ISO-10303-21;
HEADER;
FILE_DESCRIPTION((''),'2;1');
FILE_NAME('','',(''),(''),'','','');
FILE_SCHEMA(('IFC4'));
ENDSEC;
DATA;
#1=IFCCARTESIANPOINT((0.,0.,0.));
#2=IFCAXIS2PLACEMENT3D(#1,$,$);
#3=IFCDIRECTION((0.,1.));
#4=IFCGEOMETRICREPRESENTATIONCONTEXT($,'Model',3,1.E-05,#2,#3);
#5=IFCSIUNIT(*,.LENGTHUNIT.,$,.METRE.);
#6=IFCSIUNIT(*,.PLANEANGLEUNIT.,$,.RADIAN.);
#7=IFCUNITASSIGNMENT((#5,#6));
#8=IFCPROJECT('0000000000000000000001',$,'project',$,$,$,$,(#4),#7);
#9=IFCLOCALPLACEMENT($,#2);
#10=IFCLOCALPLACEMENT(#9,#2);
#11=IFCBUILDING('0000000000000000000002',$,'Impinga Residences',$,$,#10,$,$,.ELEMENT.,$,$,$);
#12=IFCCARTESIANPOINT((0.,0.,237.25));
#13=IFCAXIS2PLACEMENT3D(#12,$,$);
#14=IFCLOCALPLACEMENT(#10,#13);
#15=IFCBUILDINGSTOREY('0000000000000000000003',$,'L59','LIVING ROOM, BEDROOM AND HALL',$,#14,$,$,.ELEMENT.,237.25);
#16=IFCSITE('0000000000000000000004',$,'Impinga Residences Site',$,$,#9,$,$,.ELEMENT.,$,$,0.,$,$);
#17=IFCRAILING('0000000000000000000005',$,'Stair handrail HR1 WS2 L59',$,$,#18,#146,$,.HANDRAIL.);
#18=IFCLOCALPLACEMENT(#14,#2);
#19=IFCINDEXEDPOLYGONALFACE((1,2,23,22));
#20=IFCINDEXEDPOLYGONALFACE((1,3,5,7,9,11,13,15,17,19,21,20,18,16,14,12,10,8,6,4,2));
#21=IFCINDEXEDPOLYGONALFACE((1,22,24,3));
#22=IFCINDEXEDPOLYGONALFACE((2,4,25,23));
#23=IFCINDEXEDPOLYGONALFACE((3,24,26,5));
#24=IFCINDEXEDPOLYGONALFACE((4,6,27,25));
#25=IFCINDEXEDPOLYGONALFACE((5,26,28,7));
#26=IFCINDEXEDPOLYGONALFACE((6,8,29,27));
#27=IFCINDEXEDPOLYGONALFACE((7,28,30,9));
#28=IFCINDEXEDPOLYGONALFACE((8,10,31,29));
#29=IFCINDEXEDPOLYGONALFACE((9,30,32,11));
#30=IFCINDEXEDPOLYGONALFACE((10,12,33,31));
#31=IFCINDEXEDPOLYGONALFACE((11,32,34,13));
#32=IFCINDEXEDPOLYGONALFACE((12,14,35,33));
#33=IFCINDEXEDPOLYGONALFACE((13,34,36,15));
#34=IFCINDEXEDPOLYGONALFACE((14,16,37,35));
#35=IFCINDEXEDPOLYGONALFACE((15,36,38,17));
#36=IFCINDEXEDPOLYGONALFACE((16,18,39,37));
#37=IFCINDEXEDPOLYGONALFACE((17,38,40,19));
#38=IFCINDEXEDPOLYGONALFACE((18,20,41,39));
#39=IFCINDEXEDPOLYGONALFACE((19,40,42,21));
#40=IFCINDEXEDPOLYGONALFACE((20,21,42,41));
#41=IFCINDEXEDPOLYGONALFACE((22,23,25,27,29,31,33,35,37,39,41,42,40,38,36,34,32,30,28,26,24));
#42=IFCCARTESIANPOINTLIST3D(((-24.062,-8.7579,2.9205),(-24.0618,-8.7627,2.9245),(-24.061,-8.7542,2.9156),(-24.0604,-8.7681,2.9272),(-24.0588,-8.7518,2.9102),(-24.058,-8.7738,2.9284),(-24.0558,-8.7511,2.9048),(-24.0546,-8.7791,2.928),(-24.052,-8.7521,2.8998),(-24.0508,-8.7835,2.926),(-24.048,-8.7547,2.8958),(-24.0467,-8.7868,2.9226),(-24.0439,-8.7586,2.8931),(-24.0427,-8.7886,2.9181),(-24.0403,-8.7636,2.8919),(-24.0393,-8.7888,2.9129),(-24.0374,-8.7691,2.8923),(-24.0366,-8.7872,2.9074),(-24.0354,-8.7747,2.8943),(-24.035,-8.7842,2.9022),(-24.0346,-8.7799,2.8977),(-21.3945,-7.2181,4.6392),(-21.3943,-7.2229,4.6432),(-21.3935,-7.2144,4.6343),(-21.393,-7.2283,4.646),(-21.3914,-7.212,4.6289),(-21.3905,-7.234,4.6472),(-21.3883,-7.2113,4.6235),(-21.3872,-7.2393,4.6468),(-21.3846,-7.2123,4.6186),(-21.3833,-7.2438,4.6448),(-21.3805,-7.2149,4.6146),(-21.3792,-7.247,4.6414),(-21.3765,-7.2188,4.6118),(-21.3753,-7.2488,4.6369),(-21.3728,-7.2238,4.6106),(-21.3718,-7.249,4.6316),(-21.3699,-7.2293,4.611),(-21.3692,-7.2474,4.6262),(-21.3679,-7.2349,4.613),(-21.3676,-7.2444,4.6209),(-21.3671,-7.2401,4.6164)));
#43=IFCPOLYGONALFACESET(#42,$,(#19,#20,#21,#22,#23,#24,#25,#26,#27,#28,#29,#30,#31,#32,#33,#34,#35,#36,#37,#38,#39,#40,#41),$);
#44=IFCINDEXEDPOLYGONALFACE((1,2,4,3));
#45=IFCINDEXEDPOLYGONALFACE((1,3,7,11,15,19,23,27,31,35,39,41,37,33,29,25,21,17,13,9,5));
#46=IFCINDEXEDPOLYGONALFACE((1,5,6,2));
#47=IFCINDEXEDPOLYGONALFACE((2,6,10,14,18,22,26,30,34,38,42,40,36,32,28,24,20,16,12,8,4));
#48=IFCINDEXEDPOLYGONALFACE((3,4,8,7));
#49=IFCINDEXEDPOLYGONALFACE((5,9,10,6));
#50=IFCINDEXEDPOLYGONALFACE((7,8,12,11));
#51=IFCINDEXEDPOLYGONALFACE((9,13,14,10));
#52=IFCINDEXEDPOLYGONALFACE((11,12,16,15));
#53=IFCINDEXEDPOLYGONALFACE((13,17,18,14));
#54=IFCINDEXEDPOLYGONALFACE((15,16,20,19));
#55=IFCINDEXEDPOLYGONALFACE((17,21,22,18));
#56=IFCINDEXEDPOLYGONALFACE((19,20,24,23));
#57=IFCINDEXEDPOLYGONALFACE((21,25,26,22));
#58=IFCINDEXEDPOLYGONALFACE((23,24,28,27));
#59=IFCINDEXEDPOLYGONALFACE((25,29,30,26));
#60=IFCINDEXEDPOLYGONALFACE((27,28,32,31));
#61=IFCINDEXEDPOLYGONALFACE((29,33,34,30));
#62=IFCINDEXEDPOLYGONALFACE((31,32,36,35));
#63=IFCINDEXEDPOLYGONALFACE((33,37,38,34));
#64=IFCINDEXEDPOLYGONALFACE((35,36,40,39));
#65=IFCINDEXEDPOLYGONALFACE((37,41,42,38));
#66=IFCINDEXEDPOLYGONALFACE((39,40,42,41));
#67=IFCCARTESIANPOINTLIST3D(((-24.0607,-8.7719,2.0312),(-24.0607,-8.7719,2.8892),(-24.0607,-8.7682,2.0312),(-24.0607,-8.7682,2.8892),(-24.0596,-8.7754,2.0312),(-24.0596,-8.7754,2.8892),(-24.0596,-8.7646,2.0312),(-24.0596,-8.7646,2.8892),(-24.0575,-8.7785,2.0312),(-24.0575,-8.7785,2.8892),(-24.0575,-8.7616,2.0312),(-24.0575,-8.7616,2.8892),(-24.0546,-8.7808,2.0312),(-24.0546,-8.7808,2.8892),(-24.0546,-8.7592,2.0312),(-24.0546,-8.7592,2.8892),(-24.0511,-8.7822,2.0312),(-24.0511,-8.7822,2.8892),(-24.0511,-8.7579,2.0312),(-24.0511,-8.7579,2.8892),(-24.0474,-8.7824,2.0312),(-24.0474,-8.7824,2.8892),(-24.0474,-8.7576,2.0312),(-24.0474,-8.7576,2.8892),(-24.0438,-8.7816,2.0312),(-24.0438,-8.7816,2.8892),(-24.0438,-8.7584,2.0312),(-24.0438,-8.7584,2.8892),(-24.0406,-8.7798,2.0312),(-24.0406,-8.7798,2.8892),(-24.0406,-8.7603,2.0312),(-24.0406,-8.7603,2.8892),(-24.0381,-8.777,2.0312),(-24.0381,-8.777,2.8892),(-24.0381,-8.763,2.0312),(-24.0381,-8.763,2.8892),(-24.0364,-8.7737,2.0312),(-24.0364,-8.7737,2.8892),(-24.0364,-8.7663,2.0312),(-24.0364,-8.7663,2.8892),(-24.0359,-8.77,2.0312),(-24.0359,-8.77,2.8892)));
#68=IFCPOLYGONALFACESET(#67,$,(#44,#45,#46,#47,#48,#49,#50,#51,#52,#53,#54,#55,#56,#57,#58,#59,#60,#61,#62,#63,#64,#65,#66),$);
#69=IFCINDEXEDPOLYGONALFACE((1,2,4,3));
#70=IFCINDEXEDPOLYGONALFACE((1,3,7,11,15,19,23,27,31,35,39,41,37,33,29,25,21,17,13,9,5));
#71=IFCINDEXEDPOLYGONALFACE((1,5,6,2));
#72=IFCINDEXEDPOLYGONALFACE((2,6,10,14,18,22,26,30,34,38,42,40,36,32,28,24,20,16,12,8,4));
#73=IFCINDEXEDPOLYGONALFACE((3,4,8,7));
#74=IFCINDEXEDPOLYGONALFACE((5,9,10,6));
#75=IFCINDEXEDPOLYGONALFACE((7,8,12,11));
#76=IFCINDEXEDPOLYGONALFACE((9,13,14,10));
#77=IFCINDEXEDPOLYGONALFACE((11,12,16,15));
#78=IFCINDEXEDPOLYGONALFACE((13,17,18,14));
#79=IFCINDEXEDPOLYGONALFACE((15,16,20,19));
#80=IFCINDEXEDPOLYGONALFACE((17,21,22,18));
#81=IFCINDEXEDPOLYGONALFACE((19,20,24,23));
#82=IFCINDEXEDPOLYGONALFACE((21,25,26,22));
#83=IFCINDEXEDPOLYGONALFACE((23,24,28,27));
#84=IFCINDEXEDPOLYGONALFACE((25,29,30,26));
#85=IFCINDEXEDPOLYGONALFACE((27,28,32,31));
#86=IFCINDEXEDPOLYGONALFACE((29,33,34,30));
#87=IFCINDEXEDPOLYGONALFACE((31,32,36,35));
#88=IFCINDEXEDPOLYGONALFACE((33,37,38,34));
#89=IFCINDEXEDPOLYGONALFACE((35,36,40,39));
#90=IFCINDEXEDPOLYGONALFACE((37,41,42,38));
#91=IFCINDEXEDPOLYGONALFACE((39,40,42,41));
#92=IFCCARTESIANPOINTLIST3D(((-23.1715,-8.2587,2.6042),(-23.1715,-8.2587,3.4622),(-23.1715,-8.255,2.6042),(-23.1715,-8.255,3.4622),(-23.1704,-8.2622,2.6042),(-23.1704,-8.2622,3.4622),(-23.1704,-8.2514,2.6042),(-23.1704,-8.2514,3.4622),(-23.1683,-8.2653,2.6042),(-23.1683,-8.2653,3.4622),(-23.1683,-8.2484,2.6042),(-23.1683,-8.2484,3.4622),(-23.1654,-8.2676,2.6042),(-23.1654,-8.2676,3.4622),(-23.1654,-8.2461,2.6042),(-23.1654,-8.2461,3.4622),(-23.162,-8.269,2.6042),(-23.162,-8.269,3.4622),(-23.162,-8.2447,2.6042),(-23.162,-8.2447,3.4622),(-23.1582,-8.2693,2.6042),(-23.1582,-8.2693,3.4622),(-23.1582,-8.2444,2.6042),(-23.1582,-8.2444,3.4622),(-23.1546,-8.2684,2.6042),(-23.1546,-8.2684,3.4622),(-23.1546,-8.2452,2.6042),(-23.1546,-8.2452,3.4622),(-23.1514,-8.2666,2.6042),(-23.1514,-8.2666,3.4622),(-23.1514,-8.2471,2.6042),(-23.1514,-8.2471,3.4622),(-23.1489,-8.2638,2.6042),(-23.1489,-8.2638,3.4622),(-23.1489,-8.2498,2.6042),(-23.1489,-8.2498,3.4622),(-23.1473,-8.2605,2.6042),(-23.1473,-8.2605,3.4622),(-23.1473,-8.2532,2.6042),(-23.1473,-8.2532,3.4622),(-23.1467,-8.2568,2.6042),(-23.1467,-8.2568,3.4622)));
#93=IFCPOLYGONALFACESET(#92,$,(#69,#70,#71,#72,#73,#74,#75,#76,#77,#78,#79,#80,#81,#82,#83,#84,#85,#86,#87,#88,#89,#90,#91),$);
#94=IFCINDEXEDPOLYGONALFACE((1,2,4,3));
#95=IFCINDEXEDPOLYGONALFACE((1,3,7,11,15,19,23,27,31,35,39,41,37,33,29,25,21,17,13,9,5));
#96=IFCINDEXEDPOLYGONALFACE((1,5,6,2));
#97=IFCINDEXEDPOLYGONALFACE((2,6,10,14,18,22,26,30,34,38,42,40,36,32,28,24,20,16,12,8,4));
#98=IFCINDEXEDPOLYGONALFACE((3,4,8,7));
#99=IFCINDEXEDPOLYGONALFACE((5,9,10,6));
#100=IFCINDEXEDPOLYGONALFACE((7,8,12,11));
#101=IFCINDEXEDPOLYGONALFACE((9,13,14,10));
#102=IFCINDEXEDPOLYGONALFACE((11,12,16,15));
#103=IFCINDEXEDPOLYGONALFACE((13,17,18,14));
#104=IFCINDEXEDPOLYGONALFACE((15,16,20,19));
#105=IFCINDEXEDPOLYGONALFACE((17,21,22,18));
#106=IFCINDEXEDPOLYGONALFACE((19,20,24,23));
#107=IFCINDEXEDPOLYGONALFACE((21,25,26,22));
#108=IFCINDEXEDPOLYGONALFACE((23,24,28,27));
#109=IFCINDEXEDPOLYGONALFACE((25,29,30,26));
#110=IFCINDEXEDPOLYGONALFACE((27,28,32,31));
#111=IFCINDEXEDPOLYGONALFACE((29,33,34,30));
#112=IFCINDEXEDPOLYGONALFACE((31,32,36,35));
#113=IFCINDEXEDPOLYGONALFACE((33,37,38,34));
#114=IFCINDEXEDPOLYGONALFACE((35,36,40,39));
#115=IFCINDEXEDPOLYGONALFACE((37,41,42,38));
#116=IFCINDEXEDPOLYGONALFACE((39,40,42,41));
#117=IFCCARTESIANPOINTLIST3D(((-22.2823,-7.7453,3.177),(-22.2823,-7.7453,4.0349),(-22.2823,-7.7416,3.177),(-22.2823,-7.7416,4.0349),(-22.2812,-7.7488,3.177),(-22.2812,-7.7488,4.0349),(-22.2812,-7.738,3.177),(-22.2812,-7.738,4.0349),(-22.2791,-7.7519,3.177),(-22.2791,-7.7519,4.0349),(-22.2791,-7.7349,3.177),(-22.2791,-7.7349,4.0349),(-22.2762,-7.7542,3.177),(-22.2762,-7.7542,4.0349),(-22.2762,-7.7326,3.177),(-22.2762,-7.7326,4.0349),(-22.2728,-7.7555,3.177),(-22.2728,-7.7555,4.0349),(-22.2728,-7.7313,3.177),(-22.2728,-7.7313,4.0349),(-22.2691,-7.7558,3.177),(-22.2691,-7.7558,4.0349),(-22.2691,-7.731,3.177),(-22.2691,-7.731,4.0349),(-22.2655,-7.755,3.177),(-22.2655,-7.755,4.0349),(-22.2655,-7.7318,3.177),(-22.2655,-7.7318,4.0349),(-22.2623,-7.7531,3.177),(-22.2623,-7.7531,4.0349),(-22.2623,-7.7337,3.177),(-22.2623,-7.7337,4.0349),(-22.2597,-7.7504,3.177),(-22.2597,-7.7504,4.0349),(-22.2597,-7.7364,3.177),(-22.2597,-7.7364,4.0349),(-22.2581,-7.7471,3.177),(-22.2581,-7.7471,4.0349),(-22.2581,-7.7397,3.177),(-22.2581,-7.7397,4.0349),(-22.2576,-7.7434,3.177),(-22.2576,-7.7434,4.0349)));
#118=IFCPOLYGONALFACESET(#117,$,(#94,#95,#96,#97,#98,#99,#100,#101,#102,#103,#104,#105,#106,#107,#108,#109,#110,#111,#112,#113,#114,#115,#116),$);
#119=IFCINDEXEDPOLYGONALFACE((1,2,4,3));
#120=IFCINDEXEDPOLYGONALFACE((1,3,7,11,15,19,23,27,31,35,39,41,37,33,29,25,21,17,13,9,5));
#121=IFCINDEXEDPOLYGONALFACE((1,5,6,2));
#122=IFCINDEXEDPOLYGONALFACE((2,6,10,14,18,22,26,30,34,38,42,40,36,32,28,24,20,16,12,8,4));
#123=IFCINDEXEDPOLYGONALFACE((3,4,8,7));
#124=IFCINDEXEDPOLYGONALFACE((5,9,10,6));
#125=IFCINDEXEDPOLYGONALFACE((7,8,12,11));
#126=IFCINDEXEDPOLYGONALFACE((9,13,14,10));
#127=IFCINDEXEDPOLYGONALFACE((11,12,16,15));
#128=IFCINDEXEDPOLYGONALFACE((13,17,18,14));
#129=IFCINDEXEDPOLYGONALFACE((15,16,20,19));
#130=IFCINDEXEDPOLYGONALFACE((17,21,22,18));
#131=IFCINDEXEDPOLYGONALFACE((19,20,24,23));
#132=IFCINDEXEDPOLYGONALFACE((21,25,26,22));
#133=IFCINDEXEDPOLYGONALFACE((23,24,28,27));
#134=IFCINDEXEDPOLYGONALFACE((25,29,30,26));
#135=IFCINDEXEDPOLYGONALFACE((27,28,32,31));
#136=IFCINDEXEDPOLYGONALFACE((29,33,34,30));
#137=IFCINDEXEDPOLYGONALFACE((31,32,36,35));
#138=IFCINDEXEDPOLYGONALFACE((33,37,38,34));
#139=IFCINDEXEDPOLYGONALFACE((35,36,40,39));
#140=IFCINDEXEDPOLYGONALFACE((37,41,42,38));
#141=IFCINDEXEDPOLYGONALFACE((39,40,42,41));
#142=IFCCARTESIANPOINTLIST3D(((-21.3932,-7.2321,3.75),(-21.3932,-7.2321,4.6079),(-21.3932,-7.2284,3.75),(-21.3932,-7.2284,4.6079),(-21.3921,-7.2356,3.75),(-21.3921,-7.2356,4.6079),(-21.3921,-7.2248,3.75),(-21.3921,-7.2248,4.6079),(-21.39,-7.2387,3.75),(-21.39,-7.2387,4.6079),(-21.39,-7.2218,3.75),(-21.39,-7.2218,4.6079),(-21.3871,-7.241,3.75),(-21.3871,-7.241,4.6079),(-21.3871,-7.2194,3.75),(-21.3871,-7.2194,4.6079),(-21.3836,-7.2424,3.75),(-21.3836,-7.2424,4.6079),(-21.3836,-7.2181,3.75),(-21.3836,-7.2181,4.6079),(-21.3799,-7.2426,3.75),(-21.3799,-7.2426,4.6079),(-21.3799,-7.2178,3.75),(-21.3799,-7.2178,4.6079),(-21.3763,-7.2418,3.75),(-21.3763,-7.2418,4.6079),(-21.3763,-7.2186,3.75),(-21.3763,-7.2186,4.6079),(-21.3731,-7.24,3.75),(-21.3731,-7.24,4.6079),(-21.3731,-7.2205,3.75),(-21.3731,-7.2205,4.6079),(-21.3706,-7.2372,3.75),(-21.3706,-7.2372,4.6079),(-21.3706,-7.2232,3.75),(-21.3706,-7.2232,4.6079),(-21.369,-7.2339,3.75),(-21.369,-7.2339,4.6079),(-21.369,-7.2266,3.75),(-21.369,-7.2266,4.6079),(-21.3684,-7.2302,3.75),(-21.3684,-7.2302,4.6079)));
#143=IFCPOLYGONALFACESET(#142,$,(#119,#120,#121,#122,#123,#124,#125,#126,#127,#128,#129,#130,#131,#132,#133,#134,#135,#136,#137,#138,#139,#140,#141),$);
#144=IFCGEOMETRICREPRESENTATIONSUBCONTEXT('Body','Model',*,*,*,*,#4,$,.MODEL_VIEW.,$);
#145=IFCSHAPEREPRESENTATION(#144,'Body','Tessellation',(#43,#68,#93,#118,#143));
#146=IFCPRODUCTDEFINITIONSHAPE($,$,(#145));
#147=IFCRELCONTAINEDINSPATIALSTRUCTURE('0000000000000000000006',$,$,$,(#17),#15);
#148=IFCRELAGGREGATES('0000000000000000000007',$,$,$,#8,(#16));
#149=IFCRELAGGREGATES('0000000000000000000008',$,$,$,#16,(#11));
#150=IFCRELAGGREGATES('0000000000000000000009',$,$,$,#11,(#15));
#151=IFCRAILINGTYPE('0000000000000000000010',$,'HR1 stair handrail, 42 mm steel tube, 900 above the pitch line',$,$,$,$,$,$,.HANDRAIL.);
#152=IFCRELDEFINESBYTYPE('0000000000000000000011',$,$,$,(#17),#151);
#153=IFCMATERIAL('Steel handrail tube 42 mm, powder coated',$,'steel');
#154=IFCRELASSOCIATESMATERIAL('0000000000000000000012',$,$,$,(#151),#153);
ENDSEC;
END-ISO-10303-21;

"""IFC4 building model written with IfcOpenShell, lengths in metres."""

from ifc_helpers import new_model, si_unit, direction, frame, origin, origin_2d, place, context, subcontext, project, spatial, circle, extrude, material, type_object, element, save


model = new_model("IFC4")

# Units and contexts
model_context = context("Model", 3, precision=1e-05, world=origin(), true_north=direction((0.0, 1.0)))
body_context = subcontext(model_context, "Body", "Model", "MODEL_VIEW")
ifc_project = project(units=[si_unit("LENGTHUNIT", "METRE"), si_unit("PLANEANGLEUNIT", "RADIAN")], contexts=[model_context])

# Site, building, storey
site_placement = place(None, origin())
site = spatial("IfcSite", under=ifc_project, at=site_placement, Name="Impinga Residences Site", CompositionType="ELEMENT", RefElevation=0.0)
building_placement = place(site_placement, origin())
building = spatial("IfcBuilding", under=site, at=building_placement, Name="Impinga Residences", CompositionType="ELEMENT")
storey_placement = place(building_placement, frame((0.0, 0.0, 237.25)))
storey = spatial("IfcBuildingStorey", under=building, at=storey_placement, Name="L59", Description="LIVING ROOM, BEDROOM AND HALL", CompositionType="ELEMENT", Elevation=237.25)

# Railing
ifc_material_1 = material(Name="Steel handrail tube 42 mm, powder coated", Category="steel")
railing_type = type_object("IfcRailingType", Name="HR1 stair handrail, 42 mm steel tube, 900 above the pitch line", PredefinedType="HANDRAIL", material=ifc_material_1)
railing_1_placement = place(storey_placement, frame((-24.0483, -8.77, 2.0312)))
element("IfcRailing", 1, at=railing_1_placement, inside=storey, type_object=railing_type, Name="Stair handrail HR1 WS2 L59", PredefinedType="HANDRAIL", context=body_context, shape_type="SweptSolid", body=[
    extrude(circle(Radius=0.021, at=origin_2d()), frame((0.0, 0.0, 0.8789), z_axis=(0.756279, 0.43656, 0.487297), x_axis=(-0.499933, 0.866064, 0.0)), (0.0, 0.0, 1.0), 3.5271),
    extrude(circle(Radius=0.0125, at=origin_2d()), origin(), (0.0, 0.0, 1.0), 0.8579),
    extrude(circle(Radius=0.0125, at=origin_2d()), frame((0.8892, 0.5132, 0.573)), (0.0, 0.0, 1.0), 0.8579),
    extrude(circle(Radius=0.0125, at=origin_2d()), frame((1.7783, 1.0266, 1.1458)), (0.0, 0.0, 1.0), 0.8579),
    extrude(circle(Radius=0.0125, at=origin_2d()), frame((2.6675, 1.5398, 1.7188)), (0.0, 0.0, 1.0), 0.8579),
])

save(model, "model.ifc")
